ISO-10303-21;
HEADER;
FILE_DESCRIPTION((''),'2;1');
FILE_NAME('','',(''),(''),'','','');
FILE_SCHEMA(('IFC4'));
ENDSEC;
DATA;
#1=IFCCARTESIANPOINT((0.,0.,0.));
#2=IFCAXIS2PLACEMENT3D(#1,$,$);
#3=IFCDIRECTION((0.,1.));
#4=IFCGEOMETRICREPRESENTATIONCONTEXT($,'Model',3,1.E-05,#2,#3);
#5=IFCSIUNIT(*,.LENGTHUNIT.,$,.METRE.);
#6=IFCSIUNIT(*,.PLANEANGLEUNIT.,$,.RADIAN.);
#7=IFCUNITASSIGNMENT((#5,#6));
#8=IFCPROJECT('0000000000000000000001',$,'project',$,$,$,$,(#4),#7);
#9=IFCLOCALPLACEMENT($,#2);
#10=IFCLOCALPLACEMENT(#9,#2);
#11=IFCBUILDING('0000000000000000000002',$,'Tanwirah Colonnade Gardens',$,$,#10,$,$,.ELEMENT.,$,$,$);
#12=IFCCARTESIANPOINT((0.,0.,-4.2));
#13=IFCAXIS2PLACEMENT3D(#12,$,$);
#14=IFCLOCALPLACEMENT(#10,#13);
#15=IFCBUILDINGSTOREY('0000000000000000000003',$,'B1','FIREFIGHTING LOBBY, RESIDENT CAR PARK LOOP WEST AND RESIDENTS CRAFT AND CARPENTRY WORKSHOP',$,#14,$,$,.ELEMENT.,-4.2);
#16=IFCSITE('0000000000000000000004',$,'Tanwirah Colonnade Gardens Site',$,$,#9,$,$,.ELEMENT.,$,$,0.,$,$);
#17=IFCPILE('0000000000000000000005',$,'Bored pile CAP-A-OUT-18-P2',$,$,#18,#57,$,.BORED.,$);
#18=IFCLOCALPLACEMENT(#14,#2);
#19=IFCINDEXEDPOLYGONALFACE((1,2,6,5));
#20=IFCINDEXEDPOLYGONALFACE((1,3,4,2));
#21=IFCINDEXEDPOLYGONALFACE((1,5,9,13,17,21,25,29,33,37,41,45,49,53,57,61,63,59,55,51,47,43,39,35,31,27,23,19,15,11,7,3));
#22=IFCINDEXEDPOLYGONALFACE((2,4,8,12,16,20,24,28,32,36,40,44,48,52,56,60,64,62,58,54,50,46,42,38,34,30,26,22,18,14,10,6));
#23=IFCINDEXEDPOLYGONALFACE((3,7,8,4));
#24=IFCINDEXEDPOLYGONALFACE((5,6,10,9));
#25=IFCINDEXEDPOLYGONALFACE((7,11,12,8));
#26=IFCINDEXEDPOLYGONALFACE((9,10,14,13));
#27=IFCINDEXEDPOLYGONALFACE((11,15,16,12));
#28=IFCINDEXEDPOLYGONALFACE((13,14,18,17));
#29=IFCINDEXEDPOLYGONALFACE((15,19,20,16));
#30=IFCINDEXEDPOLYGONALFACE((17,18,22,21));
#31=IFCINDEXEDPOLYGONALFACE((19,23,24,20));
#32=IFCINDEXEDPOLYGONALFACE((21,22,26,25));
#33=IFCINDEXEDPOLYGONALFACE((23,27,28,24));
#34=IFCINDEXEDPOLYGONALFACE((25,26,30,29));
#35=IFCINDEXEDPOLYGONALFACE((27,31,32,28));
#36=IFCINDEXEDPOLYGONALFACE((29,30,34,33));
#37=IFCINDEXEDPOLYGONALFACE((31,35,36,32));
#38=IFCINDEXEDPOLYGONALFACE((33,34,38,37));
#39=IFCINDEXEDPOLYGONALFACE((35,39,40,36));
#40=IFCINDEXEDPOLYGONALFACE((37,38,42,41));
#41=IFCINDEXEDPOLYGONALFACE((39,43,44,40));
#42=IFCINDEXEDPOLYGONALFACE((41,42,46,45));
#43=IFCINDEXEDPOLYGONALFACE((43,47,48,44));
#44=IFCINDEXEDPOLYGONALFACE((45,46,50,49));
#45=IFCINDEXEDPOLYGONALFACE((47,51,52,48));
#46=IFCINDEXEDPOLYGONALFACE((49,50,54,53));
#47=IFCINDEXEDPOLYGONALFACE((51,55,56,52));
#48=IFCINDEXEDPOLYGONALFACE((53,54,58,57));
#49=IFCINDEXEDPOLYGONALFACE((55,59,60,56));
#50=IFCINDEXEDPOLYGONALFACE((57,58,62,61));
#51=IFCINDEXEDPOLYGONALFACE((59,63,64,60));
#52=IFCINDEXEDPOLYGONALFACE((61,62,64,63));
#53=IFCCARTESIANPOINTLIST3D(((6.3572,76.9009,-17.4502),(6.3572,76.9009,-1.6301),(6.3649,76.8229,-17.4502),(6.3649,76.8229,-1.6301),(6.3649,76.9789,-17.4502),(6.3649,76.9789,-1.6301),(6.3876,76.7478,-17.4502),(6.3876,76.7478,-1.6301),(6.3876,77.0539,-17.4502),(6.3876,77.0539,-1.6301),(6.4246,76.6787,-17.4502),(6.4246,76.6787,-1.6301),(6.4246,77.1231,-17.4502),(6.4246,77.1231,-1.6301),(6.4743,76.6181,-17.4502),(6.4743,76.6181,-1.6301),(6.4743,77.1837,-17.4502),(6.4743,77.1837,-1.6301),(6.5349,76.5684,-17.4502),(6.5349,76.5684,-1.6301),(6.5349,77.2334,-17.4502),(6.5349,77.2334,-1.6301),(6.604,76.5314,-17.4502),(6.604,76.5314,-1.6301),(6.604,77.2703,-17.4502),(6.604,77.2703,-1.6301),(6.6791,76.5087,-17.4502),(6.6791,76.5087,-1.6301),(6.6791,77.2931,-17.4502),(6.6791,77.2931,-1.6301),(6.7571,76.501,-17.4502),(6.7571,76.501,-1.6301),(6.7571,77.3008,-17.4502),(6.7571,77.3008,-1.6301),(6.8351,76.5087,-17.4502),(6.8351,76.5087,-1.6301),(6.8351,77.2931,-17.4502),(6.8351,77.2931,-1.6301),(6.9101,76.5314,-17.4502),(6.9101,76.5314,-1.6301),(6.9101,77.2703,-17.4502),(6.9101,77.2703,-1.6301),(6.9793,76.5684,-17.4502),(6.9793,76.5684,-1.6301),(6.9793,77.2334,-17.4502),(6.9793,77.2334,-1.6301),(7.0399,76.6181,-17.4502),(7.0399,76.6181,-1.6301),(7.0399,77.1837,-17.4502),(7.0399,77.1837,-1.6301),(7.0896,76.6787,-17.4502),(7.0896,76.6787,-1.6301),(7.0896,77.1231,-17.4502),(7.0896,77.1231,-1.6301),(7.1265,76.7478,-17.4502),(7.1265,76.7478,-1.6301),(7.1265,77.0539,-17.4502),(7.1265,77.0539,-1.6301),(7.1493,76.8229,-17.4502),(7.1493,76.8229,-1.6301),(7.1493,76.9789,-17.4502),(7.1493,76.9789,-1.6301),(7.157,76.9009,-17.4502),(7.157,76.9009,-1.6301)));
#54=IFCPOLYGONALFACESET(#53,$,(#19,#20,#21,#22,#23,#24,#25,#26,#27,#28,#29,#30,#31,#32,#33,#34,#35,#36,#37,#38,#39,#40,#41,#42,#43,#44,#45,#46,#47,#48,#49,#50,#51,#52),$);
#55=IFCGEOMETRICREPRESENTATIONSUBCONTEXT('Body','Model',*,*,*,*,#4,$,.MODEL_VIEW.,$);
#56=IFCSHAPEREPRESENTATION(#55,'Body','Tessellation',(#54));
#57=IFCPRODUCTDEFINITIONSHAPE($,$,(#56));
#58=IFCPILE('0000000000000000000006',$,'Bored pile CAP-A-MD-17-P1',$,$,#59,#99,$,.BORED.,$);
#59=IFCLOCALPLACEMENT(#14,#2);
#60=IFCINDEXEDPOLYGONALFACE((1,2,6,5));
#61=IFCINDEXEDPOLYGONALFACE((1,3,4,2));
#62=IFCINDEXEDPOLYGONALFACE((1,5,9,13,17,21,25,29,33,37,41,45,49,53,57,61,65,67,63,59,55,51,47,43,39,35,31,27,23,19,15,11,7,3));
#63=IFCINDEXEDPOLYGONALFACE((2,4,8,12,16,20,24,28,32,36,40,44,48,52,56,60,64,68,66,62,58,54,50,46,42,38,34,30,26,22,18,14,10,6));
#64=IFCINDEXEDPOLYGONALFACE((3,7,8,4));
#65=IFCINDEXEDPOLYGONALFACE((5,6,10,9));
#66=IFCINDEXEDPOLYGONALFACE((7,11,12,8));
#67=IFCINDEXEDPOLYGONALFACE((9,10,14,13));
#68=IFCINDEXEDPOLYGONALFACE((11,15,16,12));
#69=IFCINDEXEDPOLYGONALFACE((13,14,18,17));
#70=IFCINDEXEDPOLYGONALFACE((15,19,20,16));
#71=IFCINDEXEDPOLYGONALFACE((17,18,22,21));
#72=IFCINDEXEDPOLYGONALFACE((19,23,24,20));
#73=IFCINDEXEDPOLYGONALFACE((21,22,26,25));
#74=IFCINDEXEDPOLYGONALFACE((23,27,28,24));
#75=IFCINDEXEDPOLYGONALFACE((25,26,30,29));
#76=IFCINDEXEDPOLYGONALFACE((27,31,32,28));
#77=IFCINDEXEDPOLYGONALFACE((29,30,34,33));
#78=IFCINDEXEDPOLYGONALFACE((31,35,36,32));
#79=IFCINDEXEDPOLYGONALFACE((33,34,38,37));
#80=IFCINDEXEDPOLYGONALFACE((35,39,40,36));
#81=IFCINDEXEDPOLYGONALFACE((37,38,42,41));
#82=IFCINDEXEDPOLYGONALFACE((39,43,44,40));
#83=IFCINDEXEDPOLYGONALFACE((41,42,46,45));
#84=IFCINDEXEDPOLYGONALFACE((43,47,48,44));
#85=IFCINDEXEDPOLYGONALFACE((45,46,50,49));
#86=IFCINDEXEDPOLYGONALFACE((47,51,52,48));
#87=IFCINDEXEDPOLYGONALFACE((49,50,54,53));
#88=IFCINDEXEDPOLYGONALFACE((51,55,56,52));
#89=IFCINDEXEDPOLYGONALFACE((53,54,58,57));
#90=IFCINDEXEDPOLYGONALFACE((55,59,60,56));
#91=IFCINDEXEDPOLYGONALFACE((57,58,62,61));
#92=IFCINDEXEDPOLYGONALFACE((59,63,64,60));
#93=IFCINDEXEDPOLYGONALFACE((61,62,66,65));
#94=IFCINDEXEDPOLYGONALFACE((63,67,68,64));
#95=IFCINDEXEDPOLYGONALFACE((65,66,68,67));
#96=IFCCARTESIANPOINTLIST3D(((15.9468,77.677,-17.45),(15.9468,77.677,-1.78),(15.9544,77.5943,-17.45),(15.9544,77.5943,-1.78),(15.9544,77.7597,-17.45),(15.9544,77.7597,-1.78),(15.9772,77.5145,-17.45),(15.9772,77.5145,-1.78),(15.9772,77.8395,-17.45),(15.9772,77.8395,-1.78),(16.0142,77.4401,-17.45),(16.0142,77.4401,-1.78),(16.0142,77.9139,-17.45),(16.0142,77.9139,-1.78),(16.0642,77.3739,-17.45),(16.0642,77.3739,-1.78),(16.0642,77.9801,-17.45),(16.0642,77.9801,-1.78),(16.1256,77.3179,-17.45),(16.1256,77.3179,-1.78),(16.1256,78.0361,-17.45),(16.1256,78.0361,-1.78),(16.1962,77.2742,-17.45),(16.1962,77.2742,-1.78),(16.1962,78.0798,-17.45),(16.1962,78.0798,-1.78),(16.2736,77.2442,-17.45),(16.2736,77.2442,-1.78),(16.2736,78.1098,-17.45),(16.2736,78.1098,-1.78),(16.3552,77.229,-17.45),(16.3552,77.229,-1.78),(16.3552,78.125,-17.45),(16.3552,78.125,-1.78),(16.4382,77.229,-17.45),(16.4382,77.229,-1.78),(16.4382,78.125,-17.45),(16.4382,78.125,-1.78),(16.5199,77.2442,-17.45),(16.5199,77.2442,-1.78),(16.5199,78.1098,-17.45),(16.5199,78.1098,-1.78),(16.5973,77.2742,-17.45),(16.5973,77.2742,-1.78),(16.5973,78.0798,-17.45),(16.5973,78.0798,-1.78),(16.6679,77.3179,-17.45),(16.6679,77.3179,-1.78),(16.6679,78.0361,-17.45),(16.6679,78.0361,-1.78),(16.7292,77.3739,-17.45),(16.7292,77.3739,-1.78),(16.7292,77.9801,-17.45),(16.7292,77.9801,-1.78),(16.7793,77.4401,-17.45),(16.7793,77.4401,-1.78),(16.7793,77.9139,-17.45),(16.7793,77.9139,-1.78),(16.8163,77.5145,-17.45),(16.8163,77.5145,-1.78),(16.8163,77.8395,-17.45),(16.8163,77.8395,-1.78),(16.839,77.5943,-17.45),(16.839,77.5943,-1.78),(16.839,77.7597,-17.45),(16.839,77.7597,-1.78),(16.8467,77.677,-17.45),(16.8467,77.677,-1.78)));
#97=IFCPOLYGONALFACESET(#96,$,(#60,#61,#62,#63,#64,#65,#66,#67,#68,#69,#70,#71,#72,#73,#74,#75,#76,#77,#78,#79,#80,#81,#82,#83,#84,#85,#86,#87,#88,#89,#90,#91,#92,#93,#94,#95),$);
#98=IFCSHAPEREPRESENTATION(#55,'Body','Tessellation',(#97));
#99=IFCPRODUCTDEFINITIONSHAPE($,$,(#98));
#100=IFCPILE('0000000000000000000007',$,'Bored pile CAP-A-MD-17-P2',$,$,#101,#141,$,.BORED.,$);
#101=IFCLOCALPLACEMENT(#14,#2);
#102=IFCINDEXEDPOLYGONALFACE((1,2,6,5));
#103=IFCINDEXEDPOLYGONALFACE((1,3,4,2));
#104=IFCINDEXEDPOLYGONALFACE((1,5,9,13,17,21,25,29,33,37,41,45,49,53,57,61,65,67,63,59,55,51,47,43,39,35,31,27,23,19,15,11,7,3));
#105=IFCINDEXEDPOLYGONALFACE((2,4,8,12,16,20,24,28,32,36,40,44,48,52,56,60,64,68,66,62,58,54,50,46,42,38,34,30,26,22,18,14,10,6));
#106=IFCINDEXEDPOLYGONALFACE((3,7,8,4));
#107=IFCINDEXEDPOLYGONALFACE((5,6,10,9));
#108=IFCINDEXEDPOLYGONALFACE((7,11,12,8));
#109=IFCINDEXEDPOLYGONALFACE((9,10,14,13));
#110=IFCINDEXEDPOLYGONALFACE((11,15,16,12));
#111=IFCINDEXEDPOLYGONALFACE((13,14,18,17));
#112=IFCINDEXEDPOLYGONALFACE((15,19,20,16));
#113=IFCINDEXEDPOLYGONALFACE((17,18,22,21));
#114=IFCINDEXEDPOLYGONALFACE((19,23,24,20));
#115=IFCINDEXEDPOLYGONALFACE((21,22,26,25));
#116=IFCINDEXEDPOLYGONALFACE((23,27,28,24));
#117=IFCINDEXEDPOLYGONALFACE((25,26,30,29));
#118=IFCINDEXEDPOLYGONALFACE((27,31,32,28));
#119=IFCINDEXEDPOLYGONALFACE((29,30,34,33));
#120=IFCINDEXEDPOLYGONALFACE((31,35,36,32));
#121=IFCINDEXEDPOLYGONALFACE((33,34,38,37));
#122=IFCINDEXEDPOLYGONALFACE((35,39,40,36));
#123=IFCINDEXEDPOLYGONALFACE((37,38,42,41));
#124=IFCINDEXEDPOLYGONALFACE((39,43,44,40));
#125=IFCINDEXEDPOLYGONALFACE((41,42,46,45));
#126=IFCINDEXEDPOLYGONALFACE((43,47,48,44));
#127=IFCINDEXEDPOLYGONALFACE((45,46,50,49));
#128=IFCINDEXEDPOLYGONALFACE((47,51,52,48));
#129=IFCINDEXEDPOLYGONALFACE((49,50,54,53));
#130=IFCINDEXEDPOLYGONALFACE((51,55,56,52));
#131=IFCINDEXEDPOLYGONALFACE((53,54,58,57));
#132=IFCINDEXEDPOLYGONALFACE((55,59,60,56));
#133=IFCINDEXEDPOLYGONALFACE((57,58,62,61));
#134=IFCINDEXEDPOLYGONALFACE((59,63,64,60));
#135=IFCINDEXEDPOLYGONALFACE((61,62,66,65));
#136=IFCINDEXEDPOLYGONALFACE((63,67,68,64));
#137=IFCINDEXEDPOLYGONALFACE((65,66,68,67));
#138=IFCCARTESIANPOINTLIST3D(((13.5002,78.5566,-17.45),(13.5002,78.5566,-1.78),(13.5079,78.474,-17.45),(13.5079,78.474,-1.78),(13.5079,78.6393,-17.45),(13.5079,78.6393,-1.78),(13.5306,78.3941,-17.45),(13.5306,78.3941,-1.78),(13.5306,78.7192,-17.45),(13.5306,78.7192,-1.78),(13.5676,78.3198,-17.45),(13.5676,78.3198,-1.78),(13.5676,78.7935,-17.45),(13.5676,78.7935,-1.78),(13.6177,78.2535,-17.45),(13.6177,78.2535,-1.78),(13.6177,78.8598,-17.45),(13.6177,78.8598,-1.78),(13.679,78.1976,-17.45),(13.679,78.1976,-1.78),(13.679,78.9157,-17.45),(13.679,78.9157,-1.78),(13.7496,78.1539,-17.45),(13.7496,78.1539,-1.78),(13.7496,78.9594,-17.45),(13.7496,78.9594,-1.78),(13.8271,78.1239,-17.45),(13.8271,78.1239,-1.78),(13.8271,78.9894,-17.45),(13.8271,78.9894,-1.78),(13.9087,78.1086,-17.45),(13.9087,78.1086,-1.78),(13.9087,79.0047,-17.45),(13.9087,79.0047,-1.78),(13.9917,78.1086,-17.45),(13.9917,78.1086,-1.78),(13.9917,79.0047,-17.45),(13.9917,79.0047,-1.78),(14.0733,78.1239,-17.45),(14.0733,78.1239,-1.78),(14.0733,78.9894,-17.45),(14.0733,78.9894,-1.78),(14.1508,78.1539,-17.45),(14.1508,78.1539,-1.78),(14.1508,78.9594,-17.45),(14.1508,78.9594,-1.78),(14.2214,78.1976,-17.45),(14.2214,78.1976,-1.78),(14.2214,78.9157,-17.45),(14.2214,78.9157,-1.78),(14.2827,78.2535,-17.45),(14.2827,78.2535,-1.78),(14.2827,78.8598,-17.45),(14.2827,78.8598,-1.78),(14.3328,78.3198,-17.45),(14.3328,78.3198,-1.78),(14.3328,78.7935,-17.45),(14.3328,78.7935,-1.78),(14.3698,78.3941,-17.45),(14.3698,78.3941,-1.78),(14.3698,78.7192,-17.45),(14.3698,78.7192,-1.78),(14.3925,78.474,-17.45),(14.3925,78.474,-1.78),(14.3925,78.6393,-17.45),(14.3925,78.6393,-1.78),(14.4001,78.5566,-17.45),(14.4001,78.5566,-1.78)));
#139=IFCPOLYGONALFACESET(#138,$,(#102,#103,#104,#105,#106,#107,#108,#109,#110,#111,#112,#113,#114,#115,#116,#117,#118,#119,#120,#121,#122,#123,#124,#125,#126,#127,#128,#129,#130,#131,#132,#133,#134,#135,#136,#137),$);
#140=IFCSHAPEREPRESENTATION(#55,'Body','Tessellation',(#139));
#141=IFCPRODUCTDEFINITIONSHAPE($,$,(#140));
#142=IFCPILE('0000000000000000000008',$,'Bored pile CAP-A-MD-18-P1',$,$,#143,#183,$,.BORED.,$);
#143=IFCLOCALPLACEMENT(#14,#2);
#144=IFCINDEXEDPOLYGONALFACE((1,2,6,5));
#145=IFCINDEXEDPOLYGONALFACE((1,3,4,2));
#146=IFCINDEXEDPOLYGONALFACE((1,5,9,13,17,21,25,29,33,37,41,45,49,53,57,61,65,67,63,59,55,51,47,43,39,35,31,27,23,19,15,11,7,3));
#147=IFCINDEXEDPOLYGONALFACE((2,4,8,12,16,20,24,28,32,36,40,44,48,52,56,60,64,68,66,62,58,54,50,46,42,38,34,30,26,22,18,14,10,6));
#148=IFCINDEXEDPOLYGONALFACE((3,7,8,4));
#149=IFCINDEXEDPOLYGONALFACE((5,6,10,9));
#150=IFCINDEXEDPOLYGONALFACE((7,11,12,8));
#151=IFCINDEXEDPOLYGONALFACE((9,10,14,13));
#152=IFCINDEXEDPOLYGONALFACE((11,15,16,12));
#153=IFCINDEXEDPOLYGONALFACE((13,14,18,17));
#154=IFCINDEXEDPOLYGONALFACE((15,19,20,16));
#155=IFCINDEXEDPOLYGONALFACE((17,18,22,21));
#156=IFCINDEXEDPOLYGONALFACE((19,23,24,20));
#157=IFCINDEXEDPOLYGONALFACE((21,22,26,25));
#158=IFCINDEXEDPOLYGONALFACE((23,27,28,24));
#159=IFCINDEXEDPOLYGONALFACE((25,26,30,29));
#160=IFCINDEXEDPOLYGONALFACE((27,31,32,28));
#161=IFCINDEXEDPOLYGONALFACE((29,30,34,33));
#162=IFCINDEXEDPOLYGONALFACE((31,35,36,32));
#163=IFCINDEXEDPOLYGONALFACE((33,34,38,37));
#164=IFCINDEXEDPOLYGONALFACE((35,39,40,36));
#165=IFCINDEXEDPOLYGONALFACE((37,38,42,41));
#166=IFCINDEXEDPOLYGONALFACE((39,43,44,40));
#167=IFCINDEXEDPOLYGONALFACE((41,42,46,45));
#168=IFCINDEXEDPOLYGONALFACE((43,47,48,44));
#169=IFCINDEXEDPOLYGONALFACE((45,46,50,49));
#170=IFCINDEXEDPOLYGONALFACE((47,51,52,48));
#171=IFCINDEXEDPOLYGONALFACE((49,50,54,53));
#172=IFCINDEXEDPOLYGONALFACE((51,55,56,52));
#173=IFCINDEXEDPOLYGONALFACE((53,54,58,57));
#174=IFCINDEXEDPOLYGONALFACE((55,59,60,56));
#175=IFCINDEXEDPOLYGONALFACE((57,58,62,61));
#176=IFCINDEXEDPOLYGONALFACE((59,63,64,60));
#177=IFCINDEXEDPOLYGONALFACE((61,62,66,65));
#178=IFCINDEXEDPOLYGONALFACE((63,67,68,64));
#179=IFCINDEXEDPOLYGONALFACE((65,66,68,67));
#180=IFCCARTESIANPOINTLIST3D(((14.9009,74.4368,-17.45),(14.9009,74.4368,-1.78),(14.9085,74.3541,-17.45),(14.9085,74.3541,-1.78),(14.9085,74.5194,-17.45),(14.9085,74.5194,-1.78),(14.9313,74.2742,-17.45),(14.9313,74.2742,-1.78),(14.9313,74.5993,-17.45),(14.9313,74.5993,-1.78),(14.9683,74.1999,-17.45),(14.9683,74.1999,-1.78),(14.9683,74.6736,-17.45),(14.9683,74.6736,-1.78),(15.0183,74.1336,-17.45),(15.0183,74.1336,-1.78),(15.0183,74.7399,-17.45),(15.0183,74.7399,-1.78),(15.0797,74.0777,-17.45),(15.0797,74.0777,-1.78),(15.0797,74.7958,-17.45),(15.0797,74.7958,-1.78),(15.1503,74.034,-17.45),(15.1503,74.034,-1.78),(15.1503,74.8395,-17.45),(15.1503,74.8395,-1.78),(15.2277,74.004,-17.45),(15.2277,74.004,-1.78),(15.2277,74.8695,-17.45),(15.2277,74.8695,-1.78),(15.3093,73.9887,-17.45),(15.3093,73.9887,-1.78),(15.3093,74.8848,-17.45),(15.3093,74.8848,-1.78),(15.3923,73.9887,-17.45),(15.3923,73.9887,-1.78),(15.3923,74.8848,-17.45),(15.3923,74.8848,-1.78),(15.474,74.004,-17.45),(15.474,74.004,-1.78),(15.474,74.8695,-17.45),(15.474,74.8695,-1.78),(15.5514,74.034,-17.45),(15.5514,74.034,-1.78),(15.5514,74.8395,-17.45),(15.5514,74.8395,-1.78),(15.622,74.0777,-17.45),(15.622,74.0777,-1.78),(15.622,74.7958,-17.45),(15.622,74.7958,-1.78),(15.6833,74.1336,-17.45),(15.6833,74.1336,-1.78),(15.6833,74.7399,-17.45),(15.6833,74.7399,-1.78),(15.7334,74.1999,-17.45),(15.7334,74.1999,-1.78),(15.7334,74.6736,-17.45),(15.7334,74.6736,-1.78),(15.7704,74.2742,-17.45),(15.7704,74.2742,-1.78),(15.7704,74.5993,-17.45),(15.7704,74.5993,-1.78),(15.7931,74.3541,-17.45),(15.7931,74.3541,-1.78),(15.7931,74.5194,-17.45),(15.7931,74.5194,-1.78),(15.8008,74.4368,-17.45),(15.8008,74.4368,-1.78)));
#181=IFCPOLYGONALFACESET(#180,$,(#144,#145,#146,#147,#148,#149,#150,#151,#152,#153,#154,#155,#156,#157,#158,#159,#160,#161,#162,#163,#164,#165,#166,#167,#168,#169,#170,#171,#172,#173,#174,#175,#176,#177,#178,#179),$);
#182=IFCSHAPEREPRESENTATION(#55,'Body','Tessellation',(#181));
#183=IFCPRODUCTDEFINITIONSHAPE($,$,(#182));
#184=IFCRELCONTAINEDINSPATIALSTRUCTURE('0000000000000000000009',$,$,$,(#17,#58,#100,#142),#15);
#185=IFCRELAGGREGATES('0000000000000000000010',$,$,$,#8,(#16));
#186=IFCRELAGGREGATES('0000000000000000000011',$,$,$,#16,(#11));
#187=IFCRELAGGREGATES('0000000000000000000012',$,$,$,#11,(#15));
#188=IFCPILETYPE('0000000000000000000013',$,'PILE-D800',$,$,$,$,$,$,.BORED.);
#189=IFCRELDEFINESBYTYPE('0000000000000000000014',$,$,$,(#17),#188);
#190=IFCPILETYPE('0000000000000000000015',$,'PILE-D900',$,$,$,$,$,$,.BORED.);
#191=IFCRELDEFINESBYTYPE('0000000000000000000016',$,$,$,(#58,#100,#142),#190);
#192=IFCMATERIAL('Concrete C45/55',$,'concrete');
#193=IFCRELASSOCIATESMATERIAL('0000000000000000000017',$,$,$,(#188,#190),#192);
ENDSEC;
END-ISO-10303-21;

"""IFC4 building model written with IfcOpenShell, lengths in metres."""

from ifc_helpers import new_model, si_unit, direction, frame, origin, origin_2d, place, context, subcontext, project, spatial, circle, extrude, material, material_profile, profile_set, type_object, element, save


model = new_model("IFC4")

# Units and contexts
model_context = context("Model", 3, precision=1e-05, world=origin(), true_north=direction((0.0, 1.0)))
body_context = subcontext(model_context, "Body", "Model", "MODEL_VIEW")
ifc_project = project(units=[si_unit("LENGTHUNIT", "METRE"), si_unit("PLANEANGLEUNIT", "RADIAN")], contexts=[model_context])

# Site, building, storey
site_placement = place(None, origin())
site = spatial("IfcSite", under=ifc_project, at=site_placement, Name="Tanwirah Colonnade Gardens Site", CompositionType="ELEMENT", RefElevation=0.0)
building_placement = place(site_placement, origin())
building = spatial("IfcBuilding", under=site, at=building_placement, Name="Tanwirah Colonnade Gardens", CompositionType="ELEMENT")
storey_placement = place(building_placement, frame((0.0, 0.0, -4.2)))
storey = spatial("IfcBuildingStorey", under=building, at=storey_placement, Name="B1", Description="FIREFIGHTING LOBBY, RESIDENT CAR PARK LOOP WEST AND RESIDENTS CRAFT AND CARPENTRY WORKSHOP", CompositionType="ELEMENT", Elevation=-4.2)

# Shared definitions
ifc_material_1 = material(Name="Concrete C45/55", Category="concrete")

# Piles
ifc_material_profile_1 = material_profile(ifc_material_1, circle(Radius=0.3999, at=origin_2d()), Name="PILE D800")
ifc_profile_set_1 = profile_set([ifc_material_profile_1], Name="Concrete C45/55")
pile_type_1 = type_object("IfcPileType", Name="PILE-D800", PredefinedType="BORED", material=ifc_profile_set_1)
for number, where, z_axis, x_axis, name in (
    (1, (6.7571, 76.9009, -1.6301), (0.0, 0.0, -1.0), (1.0, 0.0, 0.0), "Bored pile CAP-A-OUT-18-P2"),
):
    element("IfcPile", number, at=place(storey_placement, frame(where, z_axis=z_axis, x_axis=x_axis)), inside=storey, type_object=pile_type_1, Name=name, PredefinedType="BORED", context=body_context, shape_type="SweptSolid", body=[
        extrude(circle(Radius=0.3999, at=origin_2d()), origin(), (0.0, 0.0, 1.0), 15.8201),
    ])
ifc_material_profile_2 = material_profile(ifc_material_1, circle(Radius=0.45, at=origin_2d()), Name="PILE D900")
ifc_profile_set_2 = profile_set([ifc_material_profile_2], Name="Concrete C45/55")
pile_type_2 = type_object("IfcPileType", Name="PILE-D900", PredefinedType="BORED", material=ifc_profile_set_2)
for number, where, z_axis, x_axis, name in (
    (2, (16.3967, 77.677, -1.78), (0.0, 0.0, -1.0), (1.0, 0.0, 0.0), "Bored pile CAP-A-MD-17-P1"),
    (3, (13.9502, 78.5566, -1.78), (0.0, 0.0, -1.0), (1.0, 0.0, 0.0), "Bored pile CAP-A-MD-17-P2"),
    (4, (15.3508, 74.4368, -1.78), (0.0, 0.0, -1.0), (1.0, 0.0, 0.0), "Bored pile CAP-A-MD-18-P1"),
):
    element("IfcPile", number, at=place(storey_placement, frame(where, z_axis=z_axis, x_axis=x_axis)), inside=storey, type_object=pile_type_2, Name=name, PredefinedType="BORED", context=body_context, shape_type="SweptSolid", body=[
        extrude(circle(Radius=0.45, at=origin_2d()), origin(), (0.0, 0.0, 1.0), 15.6699),
    ])

save(model, "model.ifc")
